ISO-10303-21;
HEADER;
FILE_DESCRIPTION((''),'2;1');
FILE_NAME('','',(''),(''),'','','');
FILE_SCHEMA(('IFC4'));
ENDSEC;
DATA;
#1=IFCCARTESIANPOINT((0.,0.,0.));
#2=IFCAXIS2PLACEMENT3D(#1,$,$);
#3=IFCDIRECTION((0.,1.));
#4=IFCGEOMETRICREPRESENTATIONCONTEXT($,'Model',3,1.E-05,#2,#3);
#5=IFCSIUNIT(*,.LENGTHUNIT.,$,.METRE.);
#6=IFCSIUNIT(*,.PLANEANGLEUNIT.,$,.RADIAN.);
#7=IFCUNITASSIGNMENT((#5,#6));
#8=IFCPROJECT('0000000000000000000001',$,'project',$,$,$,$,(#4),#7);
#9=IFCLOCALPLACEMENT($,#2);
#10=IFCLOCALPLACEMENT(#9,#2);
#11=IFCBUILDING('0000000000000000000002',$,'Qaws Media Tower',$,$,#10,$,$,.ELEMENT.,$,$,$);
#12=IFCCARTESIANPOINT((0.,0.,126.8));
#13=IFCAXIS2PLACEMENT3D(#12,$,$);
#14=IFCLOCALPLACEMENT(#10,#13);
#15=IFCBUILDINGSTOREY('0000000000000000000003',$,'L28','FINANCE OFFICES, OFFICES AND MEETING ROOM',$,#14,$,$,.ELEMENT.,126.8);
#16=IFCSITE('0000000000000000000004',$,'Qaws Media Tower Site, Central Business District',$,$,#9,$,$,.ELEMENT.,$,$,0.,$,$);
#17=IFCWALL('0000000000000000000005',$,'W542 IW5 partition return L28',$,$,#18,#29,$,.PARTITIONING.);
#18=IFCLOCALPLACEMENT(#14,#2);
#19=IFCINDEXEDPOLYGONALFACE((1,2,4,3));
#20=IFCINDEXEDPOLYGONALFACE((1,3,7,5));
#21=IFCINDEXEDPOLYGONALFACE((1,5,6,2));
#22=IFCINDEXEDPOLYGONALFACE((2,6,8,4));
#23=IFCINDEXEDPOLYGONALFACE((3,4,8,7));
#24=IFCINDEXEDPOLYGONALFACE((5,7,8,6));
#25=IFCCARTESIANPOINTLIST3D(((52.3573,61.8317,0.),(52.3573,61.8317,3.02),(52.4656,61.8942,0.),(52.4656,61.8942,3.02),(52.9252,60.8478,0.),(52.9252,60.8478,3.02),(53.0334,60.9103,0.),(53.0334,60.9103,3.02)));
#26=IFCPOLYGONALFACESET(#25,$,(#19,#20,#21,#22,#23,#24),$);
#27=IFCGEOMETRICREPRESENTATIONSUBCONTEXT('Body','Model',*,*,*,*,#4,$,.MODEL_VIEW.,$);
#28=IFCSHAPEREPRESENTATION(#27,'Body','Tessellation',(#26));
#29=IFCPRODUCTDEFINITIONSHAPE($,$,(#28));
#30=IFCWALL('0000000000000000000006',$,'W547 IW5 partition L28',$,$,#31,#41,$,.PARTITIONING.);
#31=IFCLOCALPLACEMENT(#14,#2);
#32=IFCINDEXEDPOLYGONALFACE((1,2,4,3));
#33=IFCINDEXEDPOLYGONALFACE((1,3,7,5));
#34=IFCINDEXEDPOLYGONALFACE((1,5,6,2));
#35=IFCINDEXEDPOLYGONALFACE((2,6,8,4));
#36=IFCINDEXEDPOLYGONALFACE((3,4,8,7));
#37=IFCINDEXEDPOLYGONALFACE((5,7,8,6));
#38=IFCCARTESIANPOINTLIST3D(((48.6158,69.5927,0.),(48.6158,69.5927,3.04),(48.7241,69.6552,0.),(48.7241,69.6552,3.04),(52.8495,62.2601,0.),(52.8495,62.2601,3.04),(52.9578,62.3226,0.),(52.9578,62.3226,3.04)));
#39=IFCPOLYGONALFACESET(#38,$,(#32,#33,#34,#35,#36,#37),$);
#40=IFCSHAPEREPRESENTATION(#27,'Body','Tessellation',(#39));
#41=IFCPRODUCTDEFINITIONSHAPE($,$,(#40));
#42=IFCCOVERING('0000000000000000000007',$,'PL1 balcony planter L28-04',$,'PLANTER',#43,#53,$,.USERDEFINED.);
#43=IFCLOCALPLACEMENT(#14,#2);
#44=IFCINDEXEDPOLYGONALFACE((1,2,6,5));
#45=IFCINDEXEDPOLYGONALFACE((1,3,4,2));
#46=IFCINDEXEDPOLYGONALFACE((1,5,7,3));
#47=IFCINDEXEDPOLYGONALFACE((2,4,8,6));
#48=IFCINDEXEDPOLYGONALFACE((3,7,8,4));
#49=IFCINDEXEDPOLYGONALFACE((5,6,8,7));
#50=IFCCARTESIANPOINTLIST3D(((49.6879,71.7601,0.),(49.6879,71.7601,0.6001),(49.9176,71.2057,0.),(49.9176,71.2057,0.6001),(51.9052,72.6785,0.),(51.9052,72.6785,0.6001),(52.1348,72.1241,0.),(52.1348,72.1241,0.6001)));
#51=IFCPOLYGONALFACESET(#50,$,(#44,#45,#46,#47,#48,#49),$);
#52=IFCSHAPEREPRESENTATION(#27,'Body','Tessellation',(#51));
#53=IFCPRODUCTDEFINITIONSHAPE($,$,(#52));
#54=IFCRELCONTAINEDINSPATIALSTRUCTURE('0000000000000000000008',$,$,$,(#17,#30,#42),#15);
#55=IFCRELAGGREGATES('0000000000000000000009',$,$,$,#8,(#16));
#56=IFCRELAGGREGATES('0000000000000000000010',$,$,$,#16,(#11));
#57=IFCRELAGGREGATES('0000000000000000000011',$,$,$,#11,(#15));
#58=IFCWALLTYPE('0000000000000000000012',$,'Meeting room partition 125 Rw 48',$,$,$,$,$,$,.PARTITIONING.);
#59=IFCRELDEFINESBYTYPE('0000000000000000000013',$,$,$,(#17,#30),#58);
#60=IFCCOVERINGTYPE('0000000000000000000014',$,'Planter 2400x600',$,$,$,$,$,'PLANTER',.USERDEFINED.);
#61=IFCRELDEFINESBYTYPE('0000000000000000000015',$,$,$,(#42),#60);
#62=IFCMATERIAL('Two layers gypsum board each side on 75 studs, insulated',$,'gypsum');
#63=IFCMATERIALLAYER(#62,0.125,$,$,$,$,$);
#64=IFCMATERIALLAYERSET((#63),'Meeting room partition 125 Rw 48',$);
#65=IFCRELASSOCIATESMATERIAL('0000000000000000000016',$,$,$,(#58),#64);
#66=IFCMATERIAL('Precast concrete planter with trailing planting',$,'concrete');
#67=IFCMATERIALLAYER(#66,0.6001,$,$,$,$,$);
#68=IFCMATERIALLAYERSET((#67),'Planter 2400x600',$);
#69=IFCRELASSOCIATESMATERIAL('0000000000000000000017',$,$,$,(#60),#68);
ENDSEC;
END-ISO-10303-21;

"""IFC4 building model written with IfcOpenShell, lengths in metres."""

from ifc_helpers import new_model, si_unit, direction, frame, frame_2d, origin, origin_2d, place, context, subcontext, project, spatial, rectangle, extrude, material, layer, layer_set, type_object, element, save


model = new_model("IFC4")

# Units and contexts
model_context = context("Model", 3, precision=1e-05, world=origin(), true_north=direction((0.0, 1.0)))
body_context = subcontext(model_context, "Body", "Model", "MODEL_VIEW")
ifc_project = project(units=[si_unit("LENGTHUNIT", "METRE"), si_unit("PLANEANGLEUNIT", "RADIAN")], contexts=[model_context])

# Site, building, storey
site_placement = place(None, origin())
site = spatial("IfcSite", under=ifc_project, at=site_placement, Name="Qaws Media Tower Site, Central Business District", CompositionType="ELEMENT", RefElevation=0.0)
building_placement = place(site_placement, origin())
building = spatial("IfcBuilding", under=site, at=building_placement, Name="Qaws Media Tower", CompositionType="ELEMENT")
storey_placement = place(building_placement, frame((0.0, 0.0, 126.8)))
storey = spatial("IfcBuildingStorey", under=building, at=storey_placement, Name="L28", Description="FINANCE OFFICES, OFFICES AND MEETING ROOM", CompositionType="ELEMENT", Elevation=126.8)

# Walls
ifc_material_1 = material(Name="Two layers gypsum board each side on 75 studs, insulated", Category="gypsum")
ifc_layer_1 = layer(ifc_material_1, 0.125)
ifc_layer_set_1 = layer_set([ifc_layer_1], Name="Meeting room partition 125 Rw 48")
wall_type = type_object("IfcWallType", Name="Meeting room partition 125 Rw 48", PredefinedType="PARTITIONING", material=ifc_layer_set_1)
wall_1_placement = place(storey_placement, frame((52.9792, 60.8792, 0.0), z_axis=(0.0, 0.0, 1.0), x_axis=(-0.499884, 0.866093, 0.0)))
element("IfcWall", 1, at=wall_1_placement, inside=storey, type_object=wall_type, Name="W542 IW5 partition return L28", PredefinedType="PARTITIONING", context=body_context, shape_type="SweptSolid", body=[
    extrude(rectangle(XDim=1.136, YDim=0.125, at=frame_2d((0.5679, 0.0))), origin(), (0.0, 0.0, 1.0), 3.02),
])
wall_2_placement = place(storey_placement, frame((52.9036, 62.2915, 0.0), z_axis=(0.0, 0.0, 1.0), x_axis=(-0.500019, 0.866015, 0.0)))
element("IfcWall", 2, at=wall_2_placement, inside=storey, type_object=wall_type, Name="W547 IW5 partition L28", PredefinedType="PARTITIONING", context=body_context, shape_type="SweptSolid", body=[
    extrude(rectangle(XDim=8.467, YDim=0.125, at=frame_2d((4.2334, 0.0))), origin(), (0.0, 0.0, 1.0), 3.04),
])

# Covering
ifc_material_2 = material(Name="Precast concrete planter with trailing planting", Category="concrete")
ifc_layer_2 = layer(ifc_material_2, 0.6001)
ifc_layer_set_2 = layer_set([ifc_layer_2], Name="Planter 2400x600")
covering_type = type_object("IfcCoveringType", Name="Planter 2400x600", ElementType="PLANTER", PredefinedType="USERDEFINED", material=ifc_layer_set_2)
covering_placement = place(storey_placement, frame((50.9114, 71.9421, 0.0), z_axis=(0.0, 0.0, 1.0), x_axis=(-0.92388, -0.382683, 0.0)))
element("IfcCovering", 3, at=covering_placement, inside=storey, type_object=covering_type, Name="PL1 balcony planter L28-04", ObjectType="PLANTER", PredefinedType="USERDEFINED", context=body_context, shape_type="SweptSolid", body=[
    extrude(rectangle(XDim=2.3999, YDim=0.6001, at=origin_2d()), origin(), (0.0, 0.0, 1.0), 0.6001),
])

save(model, "model.ifc")
